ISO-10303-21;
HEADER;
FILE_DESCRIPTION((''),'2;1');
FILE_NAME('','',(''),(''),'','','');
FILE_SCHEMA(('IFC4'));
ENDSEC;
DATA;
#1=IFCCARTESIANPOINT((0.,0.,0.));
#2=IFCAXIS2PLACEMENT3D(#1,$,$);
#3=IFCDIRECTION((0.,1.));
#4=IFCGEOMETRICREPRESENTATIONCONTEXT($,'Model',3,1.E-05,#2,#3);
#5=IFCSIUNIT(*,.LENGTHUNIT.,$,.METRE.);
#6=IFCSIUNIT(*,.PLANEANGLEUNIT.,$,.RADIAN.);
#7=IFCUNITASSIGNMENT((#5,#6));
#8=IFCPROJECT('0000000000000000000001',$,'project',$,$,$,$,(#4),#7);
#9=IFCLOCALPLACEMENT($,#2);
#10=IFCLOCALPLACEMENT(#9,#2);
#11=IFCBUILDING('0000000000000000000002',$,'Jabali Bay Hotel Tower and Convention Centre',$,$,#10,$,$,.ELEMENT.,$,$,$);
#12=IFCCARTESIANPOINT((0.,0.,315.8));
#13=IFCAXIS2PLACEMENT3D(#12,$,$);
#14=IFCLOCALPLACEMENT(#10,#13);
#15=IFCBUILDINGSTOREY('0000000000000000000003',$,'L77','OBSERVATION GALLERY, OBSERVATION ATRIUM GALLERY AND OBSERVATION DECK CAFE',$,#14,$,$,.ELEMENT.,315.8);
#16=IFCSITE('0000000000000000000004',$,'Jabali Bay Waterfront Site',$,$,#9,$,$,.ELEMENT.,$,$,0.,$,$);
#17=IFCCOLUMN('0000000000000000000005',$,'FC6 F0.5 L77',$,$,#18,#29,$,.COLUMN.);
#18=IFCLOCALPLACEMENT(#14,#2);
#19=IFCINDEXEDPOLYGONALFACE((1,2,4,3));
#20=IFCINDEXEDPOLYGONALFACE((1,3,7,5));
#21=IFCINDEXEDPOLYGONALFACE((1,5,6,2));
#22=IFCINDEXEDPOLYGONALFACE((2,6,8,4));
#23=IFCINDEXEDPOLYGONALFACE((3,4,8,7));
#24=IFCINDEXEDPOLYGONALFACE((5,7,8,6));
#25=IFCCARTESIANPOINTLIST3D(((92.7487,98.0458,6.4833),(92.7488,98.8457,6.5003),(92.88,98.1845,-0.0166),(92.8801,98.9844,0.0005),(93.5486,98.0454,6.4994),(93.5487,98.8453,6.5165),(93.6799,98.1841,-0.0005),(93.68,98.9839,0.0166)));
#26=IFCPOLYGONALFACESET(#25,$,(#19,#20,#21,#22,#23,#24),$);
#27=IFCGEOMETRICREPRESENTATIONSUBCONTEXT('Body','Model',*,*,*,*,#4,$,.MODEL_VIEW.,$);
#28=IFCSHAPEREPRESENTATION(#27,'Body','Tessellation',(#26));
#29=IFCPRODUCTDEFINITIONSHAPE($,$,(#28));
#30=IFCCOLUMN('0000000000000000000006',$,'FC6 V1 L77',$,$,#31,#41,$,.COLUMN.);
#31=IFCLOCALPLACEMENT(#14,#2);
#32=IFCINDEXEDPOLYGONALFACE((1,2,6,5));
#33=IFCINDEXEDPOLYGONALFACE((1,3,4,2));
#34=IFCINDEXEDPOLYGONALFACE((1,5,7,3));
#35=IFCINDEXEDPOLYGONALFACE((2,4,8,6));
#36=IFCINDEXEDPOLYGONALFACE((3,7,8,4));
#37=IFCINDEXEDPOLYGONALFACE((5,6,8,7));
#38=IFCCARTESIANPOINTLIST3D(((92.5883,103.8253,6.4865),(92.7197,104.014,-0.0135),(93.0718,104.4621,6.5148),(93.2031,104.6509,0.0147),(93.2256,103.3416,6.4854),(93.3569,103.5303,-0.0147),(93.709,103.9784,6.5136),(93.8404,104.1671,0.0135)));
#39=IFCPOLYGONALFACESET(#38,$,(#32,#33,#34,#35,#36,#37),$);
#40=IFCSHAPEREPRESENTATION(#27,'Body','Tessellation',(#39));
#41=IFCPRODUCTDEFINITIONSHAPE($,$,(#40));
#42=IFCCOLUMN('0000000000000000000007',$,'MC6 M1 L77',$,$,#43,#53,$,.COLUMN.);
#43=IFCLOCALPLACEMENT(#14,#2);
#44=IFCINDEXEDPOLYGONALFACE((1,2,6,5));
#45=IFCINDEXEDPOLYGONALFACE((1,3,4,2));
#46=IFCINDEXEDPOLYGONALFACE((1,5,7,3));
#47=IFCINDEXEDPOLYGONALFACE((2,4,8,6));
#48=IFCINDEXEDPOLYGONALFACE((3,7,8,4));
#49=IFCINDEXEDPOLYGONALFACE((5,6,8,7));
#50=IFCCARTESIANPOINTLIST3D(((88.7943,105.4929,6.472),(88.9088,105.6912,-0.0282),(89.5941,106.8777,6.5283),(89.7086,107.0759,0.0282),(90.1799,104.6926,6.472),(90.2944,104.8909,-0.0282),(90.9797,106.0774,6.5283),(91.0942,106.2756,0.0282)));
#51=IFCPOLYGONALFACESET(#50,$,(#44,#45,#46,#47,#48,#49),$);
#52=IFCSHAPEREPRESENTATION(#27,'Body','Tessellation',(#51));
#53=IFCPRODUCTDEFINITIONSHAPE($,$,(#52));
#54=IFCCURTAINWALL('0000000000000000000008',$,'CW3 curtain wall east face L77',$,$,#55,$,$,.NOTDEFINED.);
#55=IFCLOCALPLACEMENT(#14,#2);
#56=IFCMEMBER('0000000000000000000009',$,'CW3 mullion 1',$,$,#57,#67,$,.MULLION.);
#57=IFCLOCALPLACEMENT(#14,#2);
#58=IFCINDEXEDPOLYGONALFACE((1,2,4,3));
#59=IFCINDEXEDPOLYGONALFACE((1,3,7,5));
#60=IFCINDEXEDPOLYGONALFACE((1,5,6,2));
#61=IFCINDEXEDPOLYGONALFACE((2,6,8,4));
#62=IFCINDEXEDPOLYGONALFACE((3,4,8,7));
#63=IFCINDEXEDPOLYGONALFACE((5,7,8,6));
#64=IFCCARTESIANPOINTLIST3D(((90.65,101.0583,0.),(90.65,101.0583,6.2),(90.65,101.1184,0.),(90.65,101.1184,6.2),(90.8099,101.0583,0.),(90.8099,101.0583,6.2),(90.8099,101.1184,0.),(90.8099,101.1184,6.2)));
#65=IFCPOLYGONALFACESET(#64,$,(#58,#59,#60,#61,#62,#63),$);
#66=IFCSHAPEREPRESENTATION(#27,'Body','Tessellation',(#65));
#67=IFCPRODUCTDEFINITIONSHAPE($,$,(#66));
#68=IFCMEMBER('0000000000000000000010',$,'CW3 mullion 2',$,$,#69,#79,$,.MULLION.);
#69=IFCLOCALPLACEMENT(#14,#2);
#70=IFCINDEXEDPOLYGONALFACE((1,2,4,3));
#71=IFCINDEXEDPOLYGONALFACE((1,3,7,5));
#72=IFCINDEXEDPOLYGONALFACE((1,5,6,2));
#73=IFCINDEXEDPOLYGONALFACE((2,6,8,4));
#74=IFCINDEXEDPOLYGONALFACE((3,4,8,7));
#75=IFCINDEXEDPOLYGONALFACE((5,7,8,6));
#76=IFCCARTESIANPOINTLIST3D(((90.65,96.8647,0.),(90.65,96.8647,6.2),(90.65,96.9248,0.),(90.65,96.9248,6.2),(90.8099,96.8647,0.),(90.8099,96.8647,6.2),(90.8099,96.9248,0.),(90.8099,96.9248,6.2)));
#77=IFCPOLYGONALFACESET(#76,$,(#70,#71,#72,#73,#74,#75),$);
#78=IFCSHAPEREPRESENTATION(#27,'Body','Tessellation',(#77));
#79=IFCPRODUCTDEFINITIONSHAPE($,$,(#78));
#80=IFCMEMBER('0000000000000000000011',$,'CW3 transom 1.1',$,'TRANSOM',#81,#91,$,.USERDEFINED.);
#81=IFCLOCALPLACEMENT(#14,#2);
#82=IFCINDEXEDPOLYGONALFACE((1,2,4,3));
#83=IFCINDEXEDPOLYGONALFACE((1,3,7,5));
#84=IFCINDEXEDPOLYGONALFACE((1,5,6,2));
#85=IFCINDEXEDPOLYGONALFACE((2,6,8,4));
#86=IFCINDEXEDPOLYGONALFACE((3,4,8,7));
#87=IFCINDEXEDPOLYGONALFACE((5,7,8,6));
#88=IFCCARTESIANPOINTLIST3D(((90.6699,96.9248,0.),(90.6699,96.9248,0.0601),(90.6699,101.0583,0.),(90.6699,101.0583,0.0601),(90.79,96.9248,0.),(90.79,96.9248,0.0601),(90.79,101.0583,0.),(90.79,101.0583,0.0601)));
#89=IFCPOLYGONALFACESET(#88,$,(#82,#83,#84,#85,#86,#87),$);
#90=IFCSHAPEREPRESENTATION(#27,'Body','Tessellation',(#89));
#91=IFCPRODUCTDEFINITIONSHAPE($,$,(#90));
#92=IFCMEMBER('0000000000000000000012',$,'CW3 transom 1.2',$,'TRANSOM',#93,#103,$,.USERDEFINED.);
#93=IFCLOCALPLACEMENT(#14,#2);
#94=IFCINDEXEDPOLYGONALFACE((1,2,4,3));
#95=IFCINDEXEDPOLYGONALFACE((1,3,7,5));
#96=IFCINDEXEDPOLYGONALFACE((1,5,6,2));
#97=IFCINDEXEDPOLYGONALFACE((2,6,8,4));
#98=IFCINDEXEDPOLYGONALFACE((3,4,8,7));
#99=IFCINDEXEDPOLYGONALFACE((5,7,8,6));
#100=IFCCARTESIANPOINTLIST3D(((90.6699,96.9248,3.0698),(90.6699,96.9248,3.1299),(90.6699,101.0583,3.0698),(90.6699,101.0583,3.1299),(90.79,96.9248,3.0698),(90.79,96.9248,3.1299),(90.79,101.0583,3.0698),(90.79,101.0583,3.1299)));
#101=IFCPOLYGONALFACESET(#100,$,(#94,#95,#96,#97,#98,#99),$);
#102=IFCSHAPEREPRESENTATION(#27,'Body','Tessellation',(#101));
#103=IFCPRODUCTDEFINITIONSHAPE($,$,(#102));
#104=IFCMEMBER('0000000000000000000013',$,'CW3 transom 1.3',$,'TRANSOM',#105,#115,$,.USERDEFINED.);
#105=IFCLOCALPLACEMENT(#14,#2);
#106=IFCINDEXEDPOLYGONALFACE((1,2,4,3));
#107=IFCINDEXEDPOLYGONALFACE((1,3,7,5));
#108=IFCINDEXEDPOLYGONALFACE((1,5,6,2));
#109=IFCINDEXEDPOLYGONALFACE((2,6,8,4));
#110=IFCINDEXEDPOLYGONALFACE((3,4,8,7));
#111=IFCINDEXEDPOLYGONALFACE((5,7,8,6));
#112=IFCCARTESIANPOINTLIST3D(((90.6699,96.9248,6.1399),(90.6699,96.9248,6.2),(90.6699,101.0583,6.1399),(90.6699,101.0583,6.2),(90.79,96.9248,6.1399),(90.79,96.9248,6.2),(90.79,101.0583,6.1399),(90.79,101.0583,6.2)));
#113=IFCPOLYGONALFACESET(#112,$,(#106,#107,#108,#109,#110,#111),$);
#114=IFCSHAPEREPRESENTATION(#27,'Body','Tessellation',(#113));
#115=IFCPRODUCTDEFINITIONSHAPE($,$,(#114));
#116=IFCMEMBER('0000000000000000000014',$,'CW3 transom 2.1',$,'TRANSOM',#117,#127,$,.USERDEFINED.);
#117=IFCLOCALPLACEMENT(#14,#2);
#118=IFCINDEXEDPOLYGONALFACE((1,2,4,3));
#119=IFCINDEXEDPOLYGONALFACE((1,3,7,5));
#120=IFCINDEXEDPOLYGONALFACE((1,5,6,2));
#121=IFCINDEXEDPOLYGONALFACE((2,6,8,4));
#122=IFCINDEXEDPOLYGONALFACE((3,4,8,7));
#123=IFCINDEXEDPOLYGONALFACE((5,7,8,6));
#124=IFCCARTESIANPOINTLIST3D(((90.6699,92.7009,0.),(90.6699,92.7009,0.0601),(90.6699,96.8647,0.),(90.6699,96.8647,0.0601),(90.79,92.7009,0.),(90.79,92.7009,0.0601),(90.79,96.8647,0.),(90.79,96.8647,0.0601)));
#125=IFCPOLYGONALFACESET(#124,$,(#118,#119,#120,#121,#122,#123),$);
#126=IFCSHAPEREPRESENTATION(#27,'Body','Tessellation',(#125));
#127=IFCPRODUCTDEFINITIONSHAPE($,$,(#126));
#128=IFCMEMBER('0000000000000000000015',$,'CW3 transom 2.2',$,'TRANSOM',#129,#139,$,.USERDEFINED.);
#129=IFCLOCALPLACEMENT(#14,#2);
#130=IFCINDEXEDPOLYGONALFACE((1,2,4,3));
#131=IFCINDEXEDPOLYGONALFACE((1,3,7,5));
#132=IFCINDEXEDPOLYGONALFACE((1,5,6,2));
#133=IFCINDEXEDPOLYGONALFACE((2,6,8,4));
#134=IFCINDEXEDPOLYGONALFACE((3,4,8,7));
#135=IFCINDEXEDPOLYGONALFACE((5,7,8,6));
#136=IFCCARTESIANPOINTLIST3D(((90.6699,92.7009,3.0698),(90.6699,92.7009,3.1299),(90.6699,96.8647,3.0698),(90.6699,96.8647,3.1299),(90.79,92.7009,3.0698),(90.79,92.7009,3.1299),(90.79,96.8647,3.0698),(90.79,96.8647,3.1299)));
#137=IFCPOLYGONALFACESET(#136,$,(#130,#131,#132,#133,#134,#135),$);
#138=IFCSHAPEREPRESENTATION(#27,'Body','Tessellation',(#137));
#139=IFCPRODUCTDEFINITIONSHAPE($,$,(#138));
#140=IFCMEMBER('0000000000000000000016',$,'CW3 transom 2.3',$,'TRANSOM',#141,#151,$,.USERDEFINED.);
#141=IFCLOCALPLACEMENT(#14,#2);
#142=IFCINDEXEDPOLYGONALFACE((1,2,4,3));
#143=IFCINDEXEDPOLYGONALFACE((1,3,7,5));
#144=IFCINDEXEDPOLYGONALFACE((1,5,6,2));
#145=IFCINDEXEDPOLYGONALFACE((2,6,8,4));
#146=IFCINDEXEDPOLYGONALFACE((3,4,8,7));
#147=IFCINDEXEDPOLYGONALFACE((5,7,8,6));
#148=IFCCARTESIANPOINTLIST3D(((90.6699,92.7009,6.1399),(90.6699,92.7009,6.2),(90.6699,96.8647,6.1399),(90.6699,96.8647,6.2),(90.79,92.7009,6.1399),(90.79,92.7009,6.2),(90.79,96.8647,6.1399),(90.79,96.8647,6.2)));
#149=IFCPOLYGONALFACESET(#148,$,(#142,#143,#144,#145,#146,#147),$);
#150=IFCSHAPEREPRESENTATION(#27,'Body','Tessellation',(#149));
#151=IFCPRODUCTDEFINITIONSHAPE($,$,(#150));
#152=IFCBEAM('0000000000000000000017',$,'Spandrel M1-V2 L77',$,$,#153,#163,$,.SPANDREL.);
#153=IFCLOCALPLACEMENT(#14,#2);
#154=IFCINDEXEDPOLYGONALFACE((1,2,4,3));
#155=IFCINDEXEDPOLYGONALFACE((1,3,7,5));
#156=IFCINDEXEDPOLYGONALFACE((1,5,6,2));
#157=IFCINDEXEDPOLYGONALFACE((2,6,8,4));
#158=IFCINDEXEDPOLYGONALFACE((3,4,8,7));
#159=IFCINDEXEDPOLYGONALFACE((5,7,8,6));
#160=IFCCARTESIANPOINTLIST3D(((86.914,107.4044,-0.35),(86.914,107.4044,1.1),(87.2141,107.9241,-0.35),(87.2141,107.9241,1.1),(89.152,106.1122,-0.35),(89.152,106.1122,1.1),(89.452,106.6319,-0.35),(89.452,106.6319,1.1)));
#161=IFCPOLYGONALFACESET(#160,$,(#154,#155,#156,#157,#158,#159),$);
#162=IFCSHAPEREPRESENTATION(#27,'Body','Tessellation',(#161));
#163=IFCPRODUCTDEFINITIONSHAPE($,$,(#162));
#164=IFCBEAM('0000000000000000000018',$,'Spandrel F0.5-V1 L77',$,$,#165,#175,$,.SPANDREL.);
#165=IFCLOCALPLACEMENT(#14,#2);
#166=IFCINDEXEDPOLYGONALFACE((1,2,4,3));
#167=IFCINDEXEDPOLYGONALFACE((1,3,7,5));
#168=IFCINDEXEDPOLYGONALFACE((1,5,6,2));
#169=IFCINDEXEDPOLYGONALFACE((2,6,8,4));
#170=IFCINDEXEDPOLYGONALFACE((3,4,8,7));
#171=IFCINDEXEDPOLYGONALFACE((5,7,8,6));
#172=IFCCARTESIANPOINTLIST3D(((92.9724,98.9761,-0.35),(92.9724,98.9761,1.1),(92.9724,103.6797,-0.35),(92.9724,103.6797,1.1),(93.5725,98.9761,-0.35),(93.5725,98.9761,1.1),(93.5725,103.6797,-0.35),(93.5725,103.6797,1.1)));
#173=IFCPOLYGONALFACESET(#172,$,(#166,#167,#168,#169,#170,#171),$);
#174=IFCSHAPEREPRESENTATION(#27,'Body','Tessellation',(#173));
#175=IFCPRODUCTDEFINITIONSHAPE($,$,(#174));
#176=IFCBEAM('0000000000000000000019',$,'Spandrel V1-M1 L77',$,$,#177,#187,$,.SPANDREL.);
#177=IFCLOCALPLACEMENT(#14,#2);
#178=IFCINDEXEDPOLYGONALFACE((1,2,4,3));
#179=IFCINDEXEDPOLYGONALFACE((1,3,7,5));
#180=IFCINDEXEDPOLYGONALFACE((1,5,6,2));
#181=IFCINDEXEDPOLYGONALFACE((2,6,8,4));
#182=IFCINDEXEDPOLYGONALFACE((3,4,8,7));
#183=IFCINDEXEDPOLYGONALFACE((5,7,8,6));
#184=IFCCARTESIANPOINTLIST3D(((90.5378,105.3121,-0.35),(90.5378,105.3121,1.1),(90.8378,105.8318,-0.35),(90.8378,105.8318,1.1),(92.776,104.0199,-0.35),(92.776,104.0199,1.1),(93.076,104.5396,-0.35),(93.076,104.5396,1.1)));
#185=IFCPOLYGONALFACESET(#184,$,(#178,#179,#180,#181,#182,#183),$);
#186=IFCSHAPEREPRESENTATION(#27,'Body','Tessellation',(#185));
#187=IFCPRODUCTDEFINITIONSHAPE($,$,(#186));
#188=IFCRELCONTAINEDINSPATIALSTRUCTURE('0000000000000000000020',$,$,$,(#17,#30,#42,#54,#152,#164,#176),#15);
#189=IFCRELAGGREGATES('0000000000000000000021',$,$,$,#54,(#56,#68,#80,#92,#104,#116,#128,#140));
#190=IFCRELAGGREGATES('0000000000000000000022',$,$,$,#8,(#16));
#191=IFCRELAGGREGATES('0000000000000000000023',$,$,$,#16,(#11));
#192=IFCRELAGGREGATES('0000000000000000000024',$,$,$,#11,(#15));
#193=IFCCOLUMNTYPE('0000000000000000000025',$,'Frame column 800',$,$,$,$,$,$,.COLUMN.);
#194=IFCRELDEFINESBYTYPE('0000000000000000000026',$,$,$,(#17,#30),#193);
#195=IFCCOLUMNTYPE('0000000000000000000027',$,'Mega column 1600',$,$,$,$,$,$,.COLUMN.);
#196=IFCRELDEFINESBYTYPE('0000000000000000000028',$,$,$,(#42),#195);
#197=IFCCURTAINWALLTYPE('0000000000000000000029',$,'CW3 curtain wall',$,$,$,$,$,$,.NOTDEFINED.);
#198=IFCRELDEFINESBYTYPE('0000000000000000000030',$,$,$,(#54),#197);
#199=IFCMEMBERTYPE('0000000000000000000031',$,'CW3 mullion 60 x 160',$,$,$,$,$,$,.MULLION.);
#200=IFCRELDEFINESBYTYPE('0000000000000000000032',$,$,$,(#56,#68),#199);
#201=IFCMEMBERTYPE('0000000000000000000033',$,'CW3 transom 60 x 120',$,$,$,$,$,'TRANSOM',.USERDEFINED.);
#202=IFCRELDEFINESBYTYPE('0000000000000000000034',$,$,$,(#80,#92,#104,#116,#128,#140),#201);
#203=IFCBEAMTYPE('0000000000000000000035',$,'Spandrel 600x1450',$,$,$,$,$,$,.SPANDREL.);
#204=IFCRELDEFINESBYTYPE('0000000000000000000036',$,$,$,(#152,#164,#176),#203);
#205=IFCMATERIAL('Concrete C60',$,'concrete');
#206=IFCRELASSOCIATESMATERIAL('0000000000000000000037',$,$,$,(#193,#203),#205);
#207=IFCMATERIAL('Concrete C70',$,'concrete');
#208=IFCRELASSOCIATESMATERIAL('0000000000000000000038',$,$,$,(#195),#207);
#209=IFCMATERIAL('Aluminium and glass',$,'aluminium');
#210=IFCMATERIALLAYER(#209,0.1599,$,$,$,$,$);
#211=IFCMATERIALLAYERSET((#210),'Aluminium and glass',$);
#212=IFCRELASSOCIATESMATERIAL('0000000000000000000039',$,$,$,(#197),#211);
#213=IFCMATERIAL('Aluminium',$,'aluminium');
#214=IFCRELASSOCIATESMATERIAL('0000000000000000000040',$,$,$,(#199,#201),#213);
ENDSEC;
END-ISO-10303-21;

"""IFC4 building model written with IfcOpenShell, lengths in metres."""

from ifc_helpers import new_model, si_unit, direction, frame, origin, origin_2d, place, context, subcontext, project, spatial, rectangle, extrude, material, layer, layer_set, material_profile, profile_set, type_object, element, aggregate, save


model = new_model("IFC4")

# Units and contexts
model_context = context("Model", 3, precision=1e-05, world=origin(), true_north=direction((0.0, 1.0)))
body_context = subcontext(model_context, "Body", "Model", "MODEL_VIEW")
ifc_project = project(units=[si_unit("LENGTHUNIT", "METRE"), si_unit("PLANEANGLEUNIT", "RADIAN")], contexts=[model_context])

# Site, building, storey
site_placement = place(None, origin())
site = spatial("IfcSite", under=ifc_project, at=site_placement, Name="Jabali Bay Waterfront Site", CompositionType="ELEMENT", RefElevation=0.0)
building_placement = place(site_placement, origin())
building = spatial("IfcBuilding", under=site, at=building_placement, Name="Jabali Bay Hotel Tower and Convention Centre", CompositionType="ELEMENT")
storey_placement = place(building_placement, frame((0.0, 0.0, 315.8)))
storey = spatial("IfcBuildingStorey", under=building, at=storey_placement, Name="L77", Description="OBSERVATION GALLERY, OBSERVATION ATRIUM GALLERY AND OBSERVATION DECK CAFE", CompositionType="ELEMENT", Elevation=315.8)

# Columns
ifc_material_1 = material(Name="Concrete C60", Category="concrete")
ifc_material_profile_1 = material_profile(ifc_material_1, rectangle(XDim=0.8, YDim=0.8, at=origin_2d()), Name="Frame column 800")
ifc_profile_set_1 = profile_set([ifc_material_profile_1], Name="Concrete C60")
column_type_1 = type_object("IfcColumnType", Name="Frame column 800", PredefinedType="COLUMN", material=ifc_profile_set_1)
column_1_placement = place(storey_placement, frame((93.28, 98.5842, 0.0), z_axis=(-0.020199, -0.021325, 0.999569), x_axis=(0.999796, -0.000559, 0.020191)))
element("IfcColumn", 1, at=column_1_placement, inside=storey, type_object=column_type_1, Name="FC6 F0.5 L77", PredefinedType="COLUMN", context=body_context, shape_type="SweptSolid", body=[
    extrude(rectangle(XDim=0.8, YDim=0.8, at=origin_2d()), origin(), (0.0, 0.0, 1.0), 6.5027),
])
column_2_placement = place(storey_placement, frame((93.28, 104.0906, 0.0), z_axis=(-0.020195, -0.029016, 0.999375), x_axis=(0.604282, 0.795987, 0.035322)))
element("IfcColumn", 2, at=column_2_placement, inside=storey, type_object=column_type_1, Name="FC6 V1 L77", PredefinedType="COLUMN", context=body_context, shape_type="SweptSolid", body=[
    extrude(rectangle(XDim=0.8, YDim=0.8, at=origin_2d()), origin(), (0.0, 0.0, 1.0), 6.5042),
])
ifc_material_2 = material(Name="Concrete C70", Category="concrete")
ifc_material_profile_2 = material_profile(ifc_material_2, rectangle(XDim=1.6001, YDim=1.6001, at=origin_2d()), Name="Mega column 1600")
ifc_profile_set_2 = profile_set([ifc_material_profile_2], Name="Concrete C70")
column_type_2 = type_object("IfcColumnType", Name="Mega column 1600", PredefinedType="COLUMN", material=ifc_profile_set_2)
column_3_placement = place(storey_placement, frame((90.0015, 105.9834, 0.0), z_axis=(-0.017605, -0.03048, 0.99938), x_axis=(0.865938, -0.500151, 0.0)))
element("IfcColumn", 3, at=column_3_placement, inside=storey, type_object=column_type_2, Name="MC6 M1 L77", PredefinedType="COLUMN", context=body_context, shape_type="SweptSolid", body=[
    extrude(rectangle(XDim=1.6001, YDim=1.6001, at=origin_2d()), origin(), (0.0, 0.0, 1.0), 6.5042),
])

# Curtain wall, members
ifc_material_3 = material(Name="Aluminium and glass", Category="aluminium")
ifc_layer_1 = layer(ifc_material_3, 0.1599)
ifc_layer_set_1 = layer_set([ifc_layer_1], Name="Aluminium and glass")
curtain_wall_type = type_object("IfcCurtainWallType", Name="CW3 curtain wall", PredefinedType="NOTDEFINED", material=ifc_layer_set_1)
curtain_wall_placement = place(storey_placement, origin())
curtain_wall = element("IfcCurtainWall", 4, at=curtain_wall_placement, inside=storey, type_object=curtain_wall_type, Name="CW3 curtain wall east face L77", PredefinedType="NOTDEFINED")
ifc_material_4 = material(Name="Aluminium", Category="aluminium")
ifc_material_profile_3 = material_profile(ifc_material_4, rectangle(XDim=0.1599, YDim=0.0601, at=origin_2d()), Name="CW3 mullion 60 x 160")
ifc_profile_set_3 = profile_set([ifc_material_profile_3], Name="Aluminium")
member_type_1 = type_object("IfcMemberType", Name="CW3 mullion 60 x 160", PredefinedType="MULLION", material=ifc_profile_set_3)
member_1_placement = place(storey_placement, frame((90.73, 101.0884, 0.0), z_axis=(0.0, 0.0, 1.0), x_axis=(1.0, 0.0, 0.0)))
member_1 = element("IfcMember", 5, at=member_1_placement, type_object=member_type_1, Name="CW3 mullion 1", PredefinedType="MULLION", context=body_context, shape_type="SweptSolid", body=[
    extrude(rectangle(XDim=0.1599, YDim=0.0601, at=origin_2d()), origin(), (0.0, 0.0, 1.0), 6.2),
])
member_2_placement = place(storey_placement, frame((90.73, 96.8948, 0.0), z_axis=(0.0, 0.0, 1.0), x_axis=(1.0, 0.0, 0.0)))
member_2 = element("IfcMember", 6, at=member_2_placement, type_object=member_type_1, Name="CW3 mullion 2", PredefinedType="MULLION", context=body_context, shape_type="SweptSolid", body=[
    extrude(rectangle(XDim=0.1599, YDim=0.0601, at=origin_2d()), origin(), (0.0, 0.0, 1.0), 6.2),
])
ifc_material_profile_4 = material_profile(ifc_material_4, rectangle(XDim=0.1201, YDim=0.0601, at=origin_2d()), Name="CW3 transom 60 x 120")
ifc_profile_set_4 = profile_set([ifc_material_profile_4], Name="Aluminium")
member_type_2 = type_object("IfcMemberType", Name="CW3 transom 60 x 120", ElementType="TRANSOM", PredefinedType="USERDEFINED", material=ifc_profile_set_4)
member_3_placement = place(storey_placement, frame((90.73, 101.0583, 0.03), z_axis=(0.0, -1.0, 0.0), x_axis=(1.0, 0.0, 0.0)))
member_3 = element("IfcMember", 7, at=member_3_placement, type_object=member_type_2, Name="CW3 transom 1.1", ObjectType="TRANSOM", PredefinedType="USERDEFINED", context=body_context, shape_type="SweptSolid", body=[
    extrude(rectangle(XDim=0.1201, YDim=0.0601, at=origin_2d()), origin(), (0.0, 0.0, 1.0), 4.1335),
])
member_4_placement = place(storey_placement, frame((90.73, 101.0583, 3.0999), z_axis=(0.0, -1.0, 0.0), x_axis=(1.0, 0.0, 0.0)))
member_4 = element("IfcMember", 8, at=member_4_placement, type_object=member_type_2, Name="CW3 transom 1.2", ObjectType="TRANSOM", PredefinedType="USERDEFINED", context=body_context, shape_type="SweptSolid", body=[
    extrude(rectangle(XDim=0.1201, YDim=0.0601, at=origin_2d()), origin(), (0.0, 0.0, 1.0), 4.1335),
])
member_5_placement = place(storey_placement, frame((90.73, 101.0583, 6.1699), z_axis=(0.0, -1.0, 0.0), x_axis=(1.0, 0.0, 0.0)))
member_5 = element("IfcMember", 9, at=member_5_placement, type_object=member_type_2, Name="CW3 transom 1.3", ObjectType="TRANSOM", PredefinedType="USERDEFINED", context=body_context, shape_type="SweptSolid", body=[
    extrude(rectangle(XDim=0.1201, YDim=0.0601, at=origin_2d()), origin(), (0.0, 0.0, 1.0), 4.1335),
])
member_6_placement = place(storey_placement, frame((90.73, 96.8647, 0.03), z_axis=(0.0, -1.0, 0.0), x_axis=(1.0, 0.0, 0.0)))
member_6 = element("IfcMember", 10, at=member_6_placement, type_object=member_type_2, Name="CW3 transom 2.1", ObjectType="TRANSOM", PredefinedType="USERDEFINED", context=body_context, shape_type="SweptSolid", body=[
    extrude(rectangle(XDim=0.1201, YDim=0.0601, at=origin_2d()), origin(), (0.0, 0.0, 1.0), 4.1638),
])
member_7_placement = place(storey_placement, frame((90.73, 96.8647, 3.0999), z_axis=(0.0, -1.0, 0.0), x_axis=(1.0, 0.0, 0.0)))
member_7 = element("IfcMember", 11, at=member_7_placement, type_object=member_type_2, Name="CW3 transom 2.2", ObjectType="TRANSOM", PredefinedType="USERDEFINED", context=body_context, shape_type="SweptSolid", body=[
    extrude(rectangle(XDim=0.1201, YDim=0.0601, at=origin_2d()), origin(), (0.0, 0.0, 1.0), 4.1638),
])
member_8_placement = place(storey_placement, frame((90.73, 96.8647, 6.1699), z_axis=(0.0, -1.0, 0.0), x_axis=(1.0, 0.0, 0.0)))
member_8 = element("IfcMember", 12, at=member_8_placement, type_object=member_type_2, Name="CW3 transom 2.3", ObjectType="TRANSOM", PredefinedType="USERDEFINED", context=body_context, shape_type="SweptSolid", body=[
    extrude(rectangle(XDim=0.1201, YDim=0.0601, at=origin_2d()), origin(), (0.0, 0.0, 1.0), 4.1638),
])

# Beams
ifc_material_profile_5 = material_profile(ifc_material_1, rectangle(XDim=0.6001, YDim=1.45, at=origin_2d()), Name="Spandrel 600x1450")
ifc_profile_set_5 = profile_set([ifc_material_profile_5], Name="Concrete C60")
beam_type = type_object("IfcBeamType", Name="Spandrel 600x1450", PredefinedType="SPANDREL", material=ifc_profile_set_5)
beam_1_placement = place(storey_placement, frame((89.302, 106.3721, 0.375), z_axis=(-0.866008, 0.50003, 0.0), x_axis=(-0.50003, -0.866008, 0.0)))
element("IfcBeam", 13, at=beam_1_placement, inside=storey, type_object=beam_type, Name="Spandrel M1-V2 L77", PredefinedType="SPANDREL", context=body_context, shape_type="SweptSolid", body=[
    extrude(rectangle(XDim=0.6001, YDim=1.45, at=origin_2d()), origin(), (0.0, 0.0, 1.0), 2.5842),
])
beam_2_placement = place(storey_placement, frame((93.2725, 98.9761, 0.375), z_axis=(0.0, 1.0, 0.0), x_axis=(-1.0, 0.0, 0.0)))
element("IfcBeam", 14, at=beam_2_placement, inside=storey, type_object=beam_type, Name="Spandrel F0.5-V1 L77", PredefinedType="SPANDREL", context=body_context, shape_type="SweptSolid", body=[
    extrude(rectangle(XDim=0.6001, YDim=1.45, at=origin_2d()), origin(), (0.0, 0.0, 1.0), 4.7036),
])
beam_3_placement = place(storey_placement, frame((92.926, 104.2798, 0.375), z_axis=(-0.866031, 0.49999, 0.0), x_axis=(-0.49999, -0.866031, 0.0)))
element("IfcBeam", 15, at=beam_3_placement, inside=storey, type_object=beam_type, Name="Spandrel V1-M1 L77", PredefinedType="SPANDREL", context=body_context, shape_type="SweptSolid", body=[
    extrude(rectangle(XDim=0.6001, YDim=1.45, at=origin_2d()), origin(), (0.0, 0.0, 1.0), 2.5845),
])

aggregate(curtain_wall, [member_1, member_2, member_3, member_4, member_5, member_6, member_7, member_8])

save(model, "model.ifc")
